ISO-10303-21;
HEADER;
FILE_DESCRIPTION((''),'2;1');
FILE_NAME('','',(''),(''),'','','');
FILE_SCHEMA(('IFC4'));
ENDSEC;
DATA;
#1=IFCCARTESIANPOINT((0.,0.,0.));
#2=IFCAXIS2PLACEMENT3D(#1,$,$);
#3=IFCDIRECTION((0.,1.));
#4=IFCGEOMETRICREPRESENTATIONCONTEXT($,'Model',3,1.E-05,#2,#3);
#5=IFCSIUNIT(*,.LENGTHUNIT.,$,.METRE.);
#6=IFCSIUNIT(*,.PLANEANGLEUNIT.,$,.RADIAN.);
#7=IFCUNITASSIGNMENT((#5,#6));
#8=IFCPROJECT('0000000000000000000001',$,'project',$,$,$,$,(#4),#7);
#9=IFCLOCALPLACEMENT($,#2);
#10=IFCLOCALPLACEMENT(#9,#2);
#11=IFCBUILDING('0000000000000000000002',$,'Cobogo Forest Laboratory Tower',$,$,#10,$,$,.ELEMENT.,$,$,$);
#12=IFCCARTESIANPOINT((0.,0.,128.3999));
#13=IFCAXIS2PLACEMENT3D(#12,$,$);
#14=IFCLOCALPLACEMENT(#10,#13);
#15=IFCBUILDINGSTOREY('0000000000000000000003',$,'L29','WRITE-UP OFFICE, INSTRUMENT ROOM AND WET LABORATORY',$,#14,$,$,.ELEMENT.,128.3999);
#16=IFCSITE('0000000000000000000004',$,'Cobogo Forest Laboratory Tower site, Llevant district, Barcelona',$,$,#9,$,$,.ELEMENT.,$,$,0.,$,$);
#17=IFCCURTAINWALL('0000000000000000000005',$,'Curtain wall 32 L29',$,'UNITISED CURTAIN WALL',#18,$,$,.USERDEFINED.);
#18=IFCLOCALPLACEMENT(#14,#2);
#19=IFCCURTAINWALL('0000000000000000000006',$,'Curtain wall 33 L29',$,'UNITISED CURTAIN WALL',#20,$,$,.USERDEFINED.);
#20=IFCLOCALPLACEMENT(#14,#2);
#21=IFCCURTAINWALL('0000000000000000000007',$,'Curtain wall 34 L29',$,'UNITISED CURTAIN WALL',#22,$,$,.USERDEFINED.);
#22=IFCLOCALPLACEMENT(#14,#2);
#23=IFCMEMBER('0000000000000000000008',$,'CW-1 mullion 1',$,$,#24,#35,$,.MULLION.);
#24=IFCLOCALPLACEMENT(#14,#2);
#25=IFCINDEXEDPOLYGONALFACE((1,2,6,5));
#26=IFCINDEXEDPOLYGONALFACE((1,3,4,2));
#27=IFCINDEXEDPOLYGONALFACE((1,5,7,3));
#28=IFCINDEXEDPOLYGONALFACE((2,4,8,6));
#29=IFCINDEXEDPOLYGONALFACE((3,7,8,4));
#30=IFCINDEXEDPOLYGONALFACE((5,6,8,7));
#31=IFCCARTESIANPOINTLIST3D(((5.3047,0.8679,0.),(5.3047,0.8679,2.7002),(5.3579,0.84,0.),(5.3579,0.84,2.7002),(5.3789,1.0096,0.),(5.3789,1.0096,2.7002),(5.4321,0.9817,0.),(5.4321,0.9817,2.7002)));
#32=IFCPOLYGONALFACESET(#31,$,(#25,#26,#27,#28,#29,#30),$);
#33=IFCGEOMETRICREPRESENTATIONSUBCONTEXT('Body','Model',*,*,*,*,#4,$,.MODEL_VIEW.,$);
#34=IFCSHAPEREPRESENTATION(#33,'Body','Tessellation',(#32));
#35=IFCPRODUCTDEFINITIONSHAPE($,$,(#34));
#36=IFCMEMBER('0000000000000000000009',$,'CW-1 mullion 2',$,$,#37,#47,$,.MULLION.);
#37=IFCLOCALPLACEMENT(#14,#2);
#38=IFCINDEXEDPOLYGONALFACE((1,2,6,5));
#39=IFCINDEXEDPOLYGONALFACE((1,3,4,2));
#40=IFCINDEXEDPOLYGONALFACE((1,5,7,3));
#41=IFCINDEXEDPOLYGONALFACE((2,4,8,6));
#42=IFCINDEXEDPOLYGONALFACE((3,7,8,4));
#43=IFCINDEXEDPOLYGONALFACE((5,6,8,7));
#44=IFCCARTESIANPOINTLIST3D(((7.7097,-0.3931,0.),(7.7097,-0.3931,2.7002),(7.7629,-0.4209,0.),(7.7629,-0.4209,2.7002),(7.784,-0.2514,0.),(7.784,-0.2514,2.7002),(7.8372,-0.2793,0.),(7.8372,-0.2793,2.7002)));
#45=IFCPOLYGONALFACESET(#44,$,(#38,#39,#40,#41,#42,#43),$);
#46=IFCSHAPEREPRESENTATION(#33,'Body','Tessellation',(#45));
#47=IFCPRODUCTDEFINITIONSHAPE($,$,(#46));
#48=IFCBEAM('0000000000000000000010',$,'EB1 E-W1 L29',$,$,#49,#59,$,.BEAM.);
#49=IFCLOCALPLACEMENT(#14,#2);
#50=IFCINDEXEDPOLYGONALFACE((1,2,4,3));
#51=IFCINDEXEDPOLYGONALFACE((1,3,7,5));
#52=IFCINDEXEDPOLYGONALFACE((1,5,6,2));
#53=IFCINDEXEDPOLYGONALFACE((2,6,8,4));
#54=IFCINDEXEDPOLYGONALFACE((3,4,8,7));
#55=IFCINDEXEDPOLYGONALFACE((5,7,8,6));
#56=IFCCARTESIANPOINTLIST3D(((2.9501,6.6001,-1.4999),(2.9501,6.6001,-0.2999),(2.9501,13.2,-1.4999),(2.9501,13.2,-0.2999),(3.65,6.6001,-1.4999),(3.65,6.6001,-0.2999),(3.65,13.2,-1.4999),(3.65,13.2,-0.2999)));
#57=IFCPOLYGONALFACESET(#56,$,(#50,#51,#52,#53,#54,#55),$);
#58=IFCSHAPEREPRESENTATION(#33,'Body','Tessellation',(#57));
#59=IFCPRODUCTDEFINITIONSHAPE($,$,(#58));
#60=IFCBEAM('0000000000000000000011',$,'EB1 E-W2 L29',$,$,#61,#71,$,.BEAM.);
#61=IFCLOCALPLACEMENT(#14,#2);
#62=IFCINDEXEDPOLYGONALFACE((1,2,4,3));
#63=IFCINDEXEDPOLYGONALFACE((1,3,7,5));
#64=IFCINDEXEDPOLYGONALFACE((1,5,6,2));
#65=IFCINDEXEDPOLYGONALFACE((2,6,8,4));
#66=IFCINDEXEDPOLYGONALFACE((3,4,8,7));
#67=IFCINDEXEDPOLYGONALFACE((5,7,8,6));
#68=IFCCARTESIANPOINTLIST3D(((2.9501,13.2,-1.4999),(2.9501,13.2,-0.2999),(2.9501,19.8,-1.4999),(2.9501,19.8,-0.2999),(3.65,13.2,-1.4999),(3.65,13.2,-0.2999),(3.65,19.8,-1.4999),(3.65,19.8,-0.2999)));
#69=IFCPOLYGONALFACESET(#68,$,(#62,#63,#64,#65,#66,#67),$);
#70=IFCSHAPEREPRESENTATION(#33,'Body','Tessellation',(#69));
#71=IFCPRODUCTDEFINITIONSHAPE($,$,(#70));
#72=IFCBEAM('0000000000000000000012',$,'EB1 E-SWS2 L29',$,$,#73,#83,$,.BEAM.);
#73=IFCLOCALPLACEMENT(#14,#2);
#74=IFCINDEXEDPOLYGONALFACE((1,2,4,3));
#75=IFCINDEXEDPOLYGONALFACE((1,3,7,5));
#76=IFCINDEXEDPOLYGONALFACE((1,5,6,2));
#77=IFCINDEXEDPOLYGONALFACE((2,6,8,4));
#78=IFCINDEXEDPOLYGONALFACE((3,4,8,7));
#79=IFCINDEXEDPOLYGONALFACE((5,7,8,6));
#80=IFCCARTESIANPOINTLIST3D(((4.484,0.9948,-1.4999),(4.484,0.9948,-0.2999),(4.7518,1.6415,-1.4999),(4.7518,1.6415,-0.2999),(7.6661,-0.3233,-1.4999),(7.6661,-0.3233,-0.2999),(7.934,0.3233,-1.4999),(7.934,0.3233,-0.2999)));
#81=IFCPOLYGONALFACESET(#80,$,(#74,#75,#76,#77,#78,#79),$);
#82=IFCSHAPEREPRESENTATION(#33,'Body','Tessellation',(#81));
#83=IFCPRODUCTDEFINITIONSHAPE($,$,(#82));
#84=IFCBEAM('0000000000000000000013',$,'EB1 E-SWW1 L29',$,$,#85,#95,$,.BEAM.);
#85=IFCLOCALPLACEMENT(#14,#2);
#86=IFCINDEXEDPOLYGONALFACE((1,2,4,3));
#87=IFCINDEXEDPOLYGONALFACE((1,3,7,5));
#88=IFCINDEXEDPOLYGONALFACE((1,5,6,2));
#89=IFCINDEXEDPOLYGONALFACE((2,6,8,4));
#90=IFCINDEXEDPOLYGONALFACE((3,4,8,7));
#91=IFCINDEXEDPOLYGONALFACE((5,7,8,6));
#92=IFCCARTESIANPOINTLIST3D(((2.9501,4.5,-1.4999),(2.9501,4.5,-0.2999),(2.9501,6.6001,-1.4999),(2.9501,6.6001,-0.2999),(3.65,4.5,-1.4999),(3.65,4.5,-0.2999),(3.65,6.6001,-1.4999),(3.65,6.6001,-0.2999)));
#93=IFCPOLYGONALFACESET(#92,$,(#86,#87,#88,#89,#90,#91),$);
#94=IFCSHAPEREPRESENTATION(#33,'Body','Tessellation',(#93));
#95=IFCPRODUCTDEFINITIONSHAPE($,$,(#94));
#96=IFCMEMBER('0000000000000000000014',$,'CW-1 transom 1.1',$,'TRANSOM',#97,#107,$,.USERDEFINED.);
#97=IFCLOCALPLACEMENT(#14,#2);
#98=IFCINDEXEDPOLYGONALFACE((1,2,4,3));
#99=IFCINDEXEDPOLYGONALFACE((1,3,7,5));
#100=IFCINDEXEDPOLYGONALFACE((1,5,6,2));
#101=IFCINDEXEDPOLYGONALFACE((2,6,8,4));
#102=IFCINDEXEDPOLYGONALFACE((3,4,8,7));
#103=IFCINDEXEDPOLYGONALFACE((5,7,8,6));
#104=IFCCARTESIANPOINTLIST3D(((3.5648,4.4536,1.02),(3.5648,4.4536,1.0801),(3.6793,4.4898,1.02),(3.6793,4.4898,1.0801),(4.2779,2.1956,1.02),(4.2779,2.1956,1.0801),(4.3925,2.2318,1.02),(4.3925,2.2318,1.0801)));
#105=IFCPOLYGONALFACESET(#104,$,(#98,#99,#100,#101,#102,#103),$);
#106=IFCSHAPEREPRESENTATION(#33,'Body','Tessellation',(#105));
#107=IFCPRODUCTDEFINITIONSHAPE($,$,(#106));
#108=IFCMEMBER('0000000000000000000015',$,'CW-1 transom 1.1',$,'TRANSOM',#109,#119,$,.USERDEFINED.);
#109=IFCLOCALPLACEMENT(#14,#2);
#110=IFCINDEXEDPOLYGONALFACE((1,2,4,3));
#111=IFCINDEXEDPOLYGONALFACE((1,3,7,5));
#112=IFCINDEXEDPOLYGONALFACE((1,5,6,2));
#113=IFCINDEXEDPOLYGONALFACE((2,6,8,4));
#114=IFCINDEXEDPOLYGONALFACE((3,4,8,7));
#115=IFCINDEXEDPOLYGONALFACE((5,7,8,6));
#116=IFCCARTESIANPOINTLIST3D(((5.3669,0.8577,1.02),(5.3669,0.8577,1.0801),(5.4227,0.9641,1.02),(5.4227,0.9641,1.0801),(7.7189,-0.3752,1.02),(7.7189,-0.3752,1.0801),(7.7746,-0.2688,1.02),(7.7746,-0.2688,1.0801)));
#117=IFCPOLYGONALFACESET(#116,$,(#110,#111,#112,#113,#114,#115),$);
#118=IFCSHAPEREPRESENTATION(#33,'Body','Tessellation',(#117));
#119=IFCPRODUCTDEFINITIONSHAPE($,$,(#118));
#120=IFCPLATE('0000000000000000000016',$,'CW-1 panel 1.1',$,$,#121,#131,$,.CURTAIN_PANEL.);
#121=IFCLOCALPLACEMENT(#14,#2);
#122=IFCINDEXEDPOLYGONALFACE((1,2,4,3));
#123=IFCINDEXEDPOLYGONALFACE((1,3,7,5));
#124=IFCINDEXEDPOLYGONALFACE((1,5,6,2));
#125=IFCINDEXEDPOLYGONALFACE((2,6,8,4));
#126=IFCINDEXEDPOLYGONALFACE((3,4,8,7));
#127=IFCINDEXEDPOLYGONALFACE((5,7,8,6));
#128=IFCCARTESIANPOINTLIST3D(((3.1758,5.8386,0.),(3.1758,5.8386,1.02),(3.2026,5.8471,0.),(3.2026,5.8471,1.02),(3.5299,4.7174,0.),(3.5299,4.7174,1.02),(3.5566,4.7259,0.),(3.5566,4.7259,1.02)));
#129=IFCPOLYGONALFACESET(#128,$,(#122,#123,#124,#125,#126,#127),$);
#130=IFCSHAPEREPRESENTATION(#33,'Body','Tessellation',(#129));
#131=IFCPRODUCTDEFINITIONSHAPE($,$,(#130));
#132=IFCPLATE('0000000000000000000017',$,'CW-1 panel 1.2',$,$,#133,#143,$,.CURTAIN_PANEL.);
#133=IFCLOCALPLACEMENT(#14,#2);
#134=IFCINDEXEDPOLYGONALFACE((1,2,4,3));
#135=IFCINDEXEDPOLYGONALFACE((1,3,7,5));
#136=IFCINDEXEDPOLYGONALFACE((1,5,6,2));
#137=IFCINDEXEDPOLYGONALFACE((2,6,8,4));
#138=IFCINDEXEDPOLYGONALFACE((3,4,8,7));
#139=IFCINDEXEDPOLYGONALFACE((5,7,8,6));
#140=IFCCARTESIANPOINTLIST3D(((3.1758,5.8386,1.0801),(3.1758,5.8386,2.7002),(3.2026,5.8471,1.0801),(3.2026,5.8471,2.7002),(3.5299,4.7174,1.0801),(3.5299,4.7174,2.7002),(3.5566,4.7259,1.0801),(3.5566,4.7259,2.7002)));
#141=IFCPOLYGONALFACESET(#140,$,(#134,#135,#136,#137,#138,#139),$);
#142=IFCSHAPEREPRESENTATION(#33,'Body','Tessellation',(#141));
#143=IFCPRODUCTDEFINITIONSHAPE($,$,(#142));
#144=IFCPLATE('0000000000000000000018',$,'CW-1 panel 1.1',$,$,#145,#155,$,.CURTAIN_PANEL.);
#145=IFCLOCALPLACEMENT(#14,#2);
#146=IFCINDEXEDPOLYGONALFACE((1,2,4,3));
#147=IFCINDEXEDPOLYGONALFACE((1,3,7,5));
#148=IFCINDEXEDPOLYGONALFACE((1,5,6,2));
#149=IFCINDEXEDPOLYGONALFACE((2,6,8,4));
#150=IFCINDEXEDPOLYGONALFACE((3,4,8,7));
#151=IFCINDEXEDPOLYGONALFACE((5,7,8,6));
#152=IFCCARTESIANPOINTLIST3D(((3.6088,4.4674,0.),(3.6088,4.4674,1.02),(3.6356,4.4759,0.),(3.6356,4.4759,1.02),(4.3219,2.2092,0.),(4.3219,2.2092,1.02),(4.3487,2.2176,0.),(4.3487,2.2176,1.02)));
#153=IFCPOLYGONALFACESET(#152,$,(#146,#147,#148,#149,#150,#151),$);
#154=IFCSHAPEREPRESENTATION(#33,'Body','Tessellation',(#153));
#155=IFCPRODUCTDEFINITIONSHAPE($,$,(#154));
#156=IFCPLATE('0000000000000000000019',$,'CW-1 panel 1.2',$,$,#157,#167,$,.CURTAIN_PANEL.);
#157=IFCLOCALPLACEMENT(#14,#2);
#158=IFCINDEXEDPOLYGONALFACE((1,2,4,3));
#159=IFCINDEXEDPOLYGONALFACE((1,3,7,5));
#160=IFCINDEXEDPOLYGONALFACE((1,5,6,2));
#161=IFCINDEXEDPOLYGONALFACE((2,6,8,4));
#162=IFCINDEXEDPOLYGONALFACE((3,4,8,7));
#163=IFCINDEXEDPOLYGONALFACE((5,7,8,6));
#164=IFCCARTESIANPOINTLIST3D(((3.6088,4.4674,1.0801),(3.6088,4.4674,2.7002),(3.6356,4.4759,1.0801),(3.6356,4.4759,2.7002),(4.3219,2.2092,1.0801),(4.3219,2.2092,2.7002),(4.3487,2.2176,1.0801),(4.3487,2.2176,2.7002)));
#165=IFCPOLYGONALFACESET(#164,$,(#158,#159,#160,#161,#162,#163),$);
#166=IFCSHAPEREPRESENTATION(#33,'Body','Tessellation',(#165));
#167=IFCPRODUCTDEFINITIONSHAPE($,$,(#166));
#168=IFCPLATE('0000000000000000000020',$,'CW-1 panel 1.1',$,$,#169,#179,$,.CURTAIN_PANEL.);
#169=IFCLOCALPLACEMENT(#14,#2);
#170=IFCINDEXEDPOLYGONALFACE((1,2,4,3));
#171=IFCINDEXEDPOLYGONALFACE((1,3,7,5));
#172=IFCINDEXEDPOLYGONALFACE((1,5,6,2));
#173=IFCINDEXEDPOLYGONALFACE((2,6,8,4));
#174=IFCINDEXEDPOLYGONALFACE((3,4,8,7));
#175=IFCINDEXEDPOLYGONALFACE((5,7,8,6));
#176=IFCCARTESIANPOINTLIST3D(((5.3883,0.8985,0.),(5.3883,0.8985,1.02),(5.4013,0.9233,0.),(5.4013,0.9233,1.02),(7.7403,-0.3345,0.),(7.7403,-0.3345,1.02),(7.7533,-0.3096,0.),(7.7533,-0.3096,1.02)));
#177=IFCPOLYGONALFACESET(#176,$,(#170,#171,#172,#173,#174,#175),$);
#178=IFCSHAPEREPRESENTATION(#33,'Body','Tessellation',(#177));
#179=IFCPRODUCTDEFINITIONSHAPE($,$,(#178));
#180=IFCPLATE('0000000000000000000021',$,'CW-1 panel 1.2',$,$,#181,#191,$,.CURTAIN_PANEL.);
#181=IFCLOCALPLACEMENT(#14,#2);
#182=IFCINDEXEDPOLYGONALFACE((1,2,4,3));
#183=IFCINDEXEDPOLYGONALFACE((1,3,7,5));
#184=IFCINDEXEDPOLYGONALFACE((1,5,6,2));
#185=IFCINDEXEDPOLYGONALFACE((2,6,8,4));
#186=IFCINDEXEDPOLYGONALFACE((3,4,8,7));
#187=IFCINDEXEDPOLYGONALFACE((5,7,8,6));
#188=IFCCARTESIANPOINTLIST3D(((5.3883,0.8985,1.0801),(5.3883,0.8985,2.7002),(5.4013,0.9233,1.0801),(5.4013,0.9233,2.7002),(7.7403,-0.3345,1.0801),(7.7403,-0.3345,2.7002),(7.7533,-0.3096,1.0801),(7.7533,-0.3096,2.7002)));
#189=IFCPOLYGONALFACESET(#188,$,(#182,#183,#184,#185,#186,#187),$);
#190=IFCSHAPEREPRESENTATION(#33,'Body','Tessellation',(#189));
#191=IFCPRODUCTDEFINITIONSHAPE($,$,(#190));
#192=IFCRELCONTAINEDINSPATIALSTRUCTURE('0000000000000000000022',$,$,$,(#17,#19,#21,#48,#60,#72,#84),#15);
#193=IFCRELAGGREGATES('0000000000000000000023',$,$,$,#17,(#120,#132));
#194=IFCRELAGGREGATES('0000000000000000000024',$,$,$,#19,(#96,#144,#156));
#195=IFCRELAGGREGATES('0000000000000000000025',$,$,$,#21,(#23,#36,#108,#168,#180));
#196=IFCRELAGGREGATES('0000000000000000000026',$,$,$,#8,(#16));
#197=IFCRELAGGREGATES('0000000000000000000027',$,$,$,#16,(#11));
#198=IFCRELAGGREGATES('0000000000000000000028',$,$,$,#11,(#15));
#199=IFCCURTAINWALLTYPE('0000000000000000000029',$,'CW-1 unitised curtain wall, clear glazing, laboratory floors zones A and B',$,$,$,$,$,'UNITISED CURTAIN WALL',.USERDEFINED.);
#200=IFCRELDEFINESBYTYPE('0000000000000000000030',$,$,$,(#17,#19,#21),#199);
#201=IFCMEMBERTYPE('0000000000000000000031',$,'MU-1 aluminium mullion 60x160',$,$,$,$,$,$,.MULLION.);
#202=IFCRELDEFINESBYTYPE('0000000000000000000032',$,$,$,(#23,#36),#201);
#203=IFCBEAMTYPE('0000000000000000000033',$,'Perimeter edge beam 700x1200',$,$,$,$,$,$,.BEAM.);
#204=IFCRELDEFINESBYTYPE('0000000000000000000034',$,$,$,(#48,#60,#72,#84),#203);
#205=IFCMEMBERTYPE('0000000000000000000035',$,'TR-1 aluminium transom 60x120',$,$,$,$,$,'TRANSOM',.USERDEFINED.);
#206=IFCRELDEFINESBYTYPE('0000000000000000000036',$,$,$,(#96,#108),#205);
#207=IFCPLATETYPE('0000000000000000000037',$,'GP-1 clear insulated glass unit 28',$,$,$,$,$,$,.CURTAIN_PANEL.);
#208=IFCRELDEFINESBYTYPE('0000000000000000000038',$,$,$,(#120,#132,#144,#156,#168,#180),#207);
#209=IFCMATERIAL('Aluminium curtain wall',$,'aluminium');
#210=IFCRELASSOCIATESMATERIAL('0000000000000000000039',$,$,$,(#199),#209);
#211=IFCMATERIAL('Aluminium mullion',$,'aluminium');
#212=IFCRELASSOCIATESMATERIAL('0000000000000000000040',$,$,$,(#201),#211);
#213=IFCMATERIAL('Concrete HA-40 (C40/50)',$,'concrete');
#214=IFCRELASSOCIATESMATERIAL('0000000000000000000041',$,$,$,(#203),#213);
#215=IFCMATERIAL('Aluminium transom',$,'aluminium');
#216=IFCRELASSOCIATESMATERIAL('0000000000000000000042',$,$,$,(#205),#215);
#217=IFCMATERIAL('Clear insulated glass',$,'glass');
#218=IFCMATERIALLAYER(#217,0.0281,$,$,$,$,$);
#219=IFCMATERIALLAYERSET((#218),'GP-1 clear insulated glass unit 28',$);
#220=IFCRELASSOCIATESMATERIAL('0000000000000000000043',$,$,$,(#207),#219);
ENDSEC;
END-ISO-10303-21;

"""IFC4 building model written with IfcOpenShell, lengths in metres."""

from ifc_helpers import new_model, si_unit, direction, frame, origin, origin_2d, place, context, subcontext, project, spatial, rectangle, extrude, material, layer, layer_set, material_profile, profile_set, type_object, element, aggregate, save


model = new_model("IFC4")

# Units and contexts
model_context = context("Model", 3, precision=1e-05, world=origin(), true_north=direction((0.0, 1.0)))
body_context = subcontext(model_context, "Body", "Model", "MODEL_VIEW")
ifc_project = project(units=[si_unit("LENGTHUNIT", "METRE"), si_unit("PLANEANGLEUNIT", "RADIAN")], contexts=[model_context])

# Site, building, storey
site_placement = place(None, origin())
site = spatial("IfcSite", under=ifc_project, at=site_placement, Name="Cobogo Forest Laboratory Tower site, Llevant district, Barcelona", CompositionType="ELEMENT", RefElevation=0.0)
building_placement = place(site_placement, origin())
building = spatial("IfcBuilding", under=site, at=building_placement, Name="Cobogo Forest Laboratory Tower", CompositionType="ELEMENT")
storey_placement = place(building_placement, frame((0.0, 0.0, 128.3999)))
storey = spatial("IfcBuildingStorey", under=building, at=storey_placement, Name="L29", Description="WRITE-UP OFFICE, INSTRUMENT ROOM AND WET LABORATORY", CompositionType="ELEMENT", Elevation=128.3999)

# Curtain wall
ifc_material_1 = material(Name="Aluminium curtain wall", Category="aluminium")
curtain_wall_type = type_object("IfcCurtainWallType", Name="CW-1 unitised curtain wall, clear glazing, laboratory floors zones A and B", ElementType="UNITISED CURTAIN WALL", PredefinedType="USERDEFINED", material=ifc_material_1)
ifc_material_2 = material(Name="Aluminium mullion", Category="aluminium")
ifc_material_profile_1 = material_profile(ifc_material_2, rectangle(XDim=0.0601, YDim=0.1599, at=origin_2d()), Name="AL 60x160")
ifc_profile_set_1 = profile_set([ifc_material_profile_1], Name="Aluminium mullion")
member_type_1 = type_object("IfcMemberType", Name="MU-1 aluminium mullion 60x160", PredefinedType="MULLION", material=ifc_profile_set_1)
curtain_wall_1_placement = place(storey_placement, origin())
curtain_wall_1 = element("IfcCurtainWall", 1, at=curtain_wall_1_placement, inside=storey, type_object=curtain_wall_type, Name="Curtain wall 32 L29", ObjectType="UNITISED CURTAIN WALL", PredefinedType="USERDEFINED")

# Curtain walls, members
curtain_wall_2_placement = place(storey_placement, origin())
curtain_wall_2 = element("IfcCurtainWall", 2, at=curtain_wall_2_placement, inside=storey, type_object=curtain_wall_type, Name="Curtain wall 33 L29", ObjectType="UNITISED CURTAIN WALL", PredefinedType="USERDEFINED")
curtain_wall_3_placement = place(storey_placement, origin())
curtain_wall_3 = element("IfcCurtainWall", 3, at=curtain_wall_3_placement, inside=storey, type_object=curtain_wall_type, Name="Curtain wall 34 L29", ObjectType="UNITISED CURTAIN WALL", PredefinedType="USERDEFINED")
member_1_placement = place(storey_placement, frame((5.3684, 0.9248, 0.0), z_axis=(0.0, 0.0, 1.0), x_axis=(0.885687, -0.464284, 0.0)))
member_1 = element("IfcMember", 4, at=member_1_placement, type_object=member_type_1, Name="CW-1 mullion 1", PredefinedType="MULLION", context=body_context, shape_type="SweptSolid", body=[
    extrude(rectangle(XDim=0.0601, YDim=0.1599, at=origin_2d()), origin(), (0.0, 0.0, 1.0), 2.7002),
])
member_2_placement = place(storey_placement, frame((7.7734, -0.3362, 0.0), z_axis=(0.0, 0.0, 1.0), x_axis=(0.885687, -0.464284, 0.0)))
member_2 = element("IfcMember", 5, at=member_2_placement, type_object=member_type_1, Name="CW-1 mullion 2", PredefinedType="MULLION", context=body_context, shape_type="SweptSolid", body=[
    extrude(rectangle(XDim=0.0601, YDim=0.1599, at=origin_2d()), origin(), (0.0, 0.0, 1.0), 2.7002),
])

# Beams
ifc_material_3 = material(Name="Concrete HA-40 (C40/50)", Category="concrete")
ifc_material_profile_2 = material_profile(ifc_material_3, rectangle(XDim=0.7, YDim=1.2, at=origin_2d()), Name="RC 700x1200")
ifc_profile_set_2 = profile_set([ifc_material_profile_2], Name="Concrete HA-40 (C40/50)")
beam_type_1 = type_object("IfcBeamType", Name="Perimeter edge beam 700x1200", PredefinedType="BEAM", material=ifc_profile_set_2)
beam_1_placement = place(storey_placement, frame((3.3, 6.6001, -0.8999), z_axis=(0.0, 1.0, 0.0), x_axis=(-1.0, 0.0, 0.0)))
element("IfcBeam", 6, at=beam_1_placement, inside=storey, type_object=beam_type_1, Name="EB1 E-W1 L29", PredefinedType="BEAM", context=body_context, shape_type="SweptSolid", body=[
    extrude(rectangle(XDim=0.7, YDim=1.2, at=origin_2d()), origin(), (0.0, 0.0, 1.0), 6.5999),
])
beam_2_placement = place(storey_placement, frame((3.3, 13.2, -0.8999), z_axis=(0.0, 1.0, 0.0), x_axis=(-1.0, 0.0, 0.0)))
element("IfcBeam", 7, at=beam_2_placement, inside=storey, type_object=beam_type_1, Name="EB1 E-W2 L29", PredefinedType="BEAM", context=body_context, shape_type="SweptSolid", body=[
    extrude(rectangle(XDim=0.7, YDim=1.2, at=origin_2d()), origin(), (0.0, 0.0, 1.0), 6.6001),
])
beam_3_placement = place(storey_placement, frame((7.8, 0.0, -0.8999), z_axis=(-0.923876, 0.382692, 0.0), x_axis=(-0.382692, -0.923876, 0.0)))
element("IfcBeam", 8, at=beam_3_placement, inside=storey, type_object=beam_type_1, Name="EB1 E-SWS2 L29", PredefinedType="BEAM", context=body_context, shape_type="SweptSolid", body=[
    extrude(rectangle(XDim=0.7, YDim=1.2, at=origin_2d()), origin(), (0.0, 0.0, 1.0), 3.4443),
])
beam_4_placement = place(storey_placement, frame((3.3, 6.6001, -0.8999), z_axis=(0.0, -1.0, 0.0), x_axis=(1.0, 0.0, 0.0)))
element("IfcBeam", 9, at=beam_4_placement, inside=storey, type_object=beam_type_1, Name="EB1 E-SWW1 L29", PredefinedType="BEAM", context=body_context, shape_type="SweptSolid", body=[
    extrude(rectangle(XDim=0.7, YDim=1.2, at=origin_2d()), origin(), (0.0, 0.0, 1.0), 2.1001),
])

# Members
ifc_material_4 = material(Name="Aluminium transom", Category="aluminium")
ifc_material_profile_3 = material_profile(ifc_material_4, rectangle(XDim=0.1201, YDim=0.0601, at=origin_2d()), Name="AL 60x120")
ifc_profile_set_3 = profile_set([ifc_material_profile_3], Name="Aluminium transom")
member_type_2 = type_object("IfcMemberType", Name="TR-1 aluminium transom 60x120", ElementType="TRANSOM", PredefinedType="USERDEFINED", material=ifc_profile_set_3)
member_3_placement = place(storey_placement, frame((3.6221, 4.4717, 1.05), z_axis=(0.301156, -0.953575, 0.0), x_axis=(0.953575, 0.301156, 0.0)))
member_3 = element("IfcMember", 10, at=member_3_placement, type_object=member_type_2, Name="CW-1 transom 1.1", ObjectType="TRANSOM", PredefinedType="USERDEFINED", context=body_context, shape_type="SweptSolid", body=[
    extrude(rectangle(XDim=0.1201, YDim=0.0601, at=origin_2d()), origin(), (0.0, 0.0, 1.0), 2.3679),
])
member_4_placement = place(storey_placement, frame((5.3948, 0.9109, 1.05), z_axis=(0.885695, -0.464268, 0.0), x_axis=(0.464268, 0.885695, 0.0)))
member_4 = element("IfcMember", 11, at=member_4_placement, type_object=member_type_2, Name="CW-1 transom 1.1", ObjectType="TRANSOM", PredefinedType="USERDEFINED", context=body_context, shape_type="SweptSolid", body=[
    extrude(rectangle(XDim=0.1201, YDim=0.0601, at=origin_2d()), origin(), (0.0, 0.0, 1.0), 2.6555),
])

# Plates
ifc_material_5 = material(Name="Clear insulated glass", Category="glass")
ifc_layer_1 = layer(ifc_material_5, 0.0281)
ifc_layer_set_1 = layer_set([ifc_layer_1], Name="GP-1 clear insulated glass unit 28")
plate_type = type_object("IfcPlateType", Name="GP-1 clear insulated glass unit 28", PredefinedType="CURTAIN_PANEL", material=ifc_layer_set_1)
plate_1_placement = place(storey_placement, frame((3.3662, 5.2822, 0.0), z_axis=(0.0, 0.0, 1.0), x_axis=(0.301135, -0.953581, 0.0)))
plate_1 = element("IfcPlate", 12, at=plate_1_placement, type_object=plate_type, Name="CW-1 panel 1.1", PredefinedType="CURTAIN_PANEL", context=body_context, shape_type="SweptSolid", body=[
    extrude(rectangle(XDim=1.1758, YDim=0.0281, at=origin_2d()), origin(), (0.0, 0.0, 1.0), 1.02),
])
plate_2_placement = place(storey_placement, frame((3.3662, 5.2822, 1.0801), z_axis=(0.0, 0.0, 1.0), x_axis=(0.301135, -0.953581, 0.0)))
plate_2 = element("IfcPlate", 13, at=plate_2_placement, type_object=plate_type, Name="CW-1 panel 1.2", PredefinedType="CURTAIN_PANEL", context=body_context, shape_type="SweptSolid", body=[
    extrude(rectangle(XDim=1.1758, YDim=0.0281, at=origin_2d()), origin(), (0.0, 0.0, 1.0), 1.6201),
])
aggregate(curtain_wall_1, [plate_1, plate_2])
plate_3_placement = place(storey_placement, frame((3.9788, 3.3425, 0.0), z_axis=(0.0, 0.0, 1.0), x_axis=(0.301135, -0.953581, 0.0)))
plate_3 = element("IfcPlate", 14, at=plate_3_placement, type_object=plate_type, Name="CW-1 panel 1.1", PredefinedType="CURTAIN_PANEL", context=body_context, shape_type="SweptSolid", body=[
    extrude(rectangle(XDim=2.3682, YDim=0.0281, at=origin_2d()), origin(), (0.0, 0.0, 1.0), 1.02),
])
plate_4_placement = place(storey_placement, frame((3.9788, 3.3425, 1.0801), z_axis=(0.0, 0.0, 1.0), x_axis=(0.301135, -0.953581, 0.0)))
plate_4 = element("IfcPlate", 15, at=plate_4_placement, type_object=plate_type, Name="CW-1 panel 1.2", PredefinedType="CURTAIN_PANEL", context=body_context, shape_type="SweptSolid", body=[
    extrude(rectangle(XDim=2.3682, YDim=0.0281, at=origin_2d()), origin(), (0.0, 0.0, 1.0), 1.6201),
])
aggregate(curtain_wall_2, [member_3, plate_3, plate_4])
plate_5_placement = place(storey_placement, frame((6.5708, 0.2944, 0.0), z_axis=(0.0, 0.0, 1.0), x_axis=(0.885687, -0.464284, 0.0)))
plate_5 = element("IfcPlate", 16, at=plate_5_placement, type_object=plate_type, Name="CW-1 panel 1.1", PredefinedType="CURTAIN_PANEL", context=body_context, shape_type="SweptSolid", body=[
    extrude(rectangle(XDim=2.6555, YDim=0.0281, at=origin_2d()), origin(), (0.0, 0.0, 1.0), 1.02),
])
plate_6_placement = place(storey_placement, frame((6.5708, 0.2944, 1.0801), z_axis=(0.0, 0.0, 1.0), x_axis=(0.885687, -0.464284, 0.0)))
plate_6 = element("IfcPlate", 17, at=plate_6_placement, type_object=plate_type, Name="CW-1 panel 1.2", PredefinedType="CURTAIN_PANEL", context=body_context, shape_type="SweptSolid", body=[
    extrude(rectangle(XDim=2.6555, YDim=0.0281, at=origin_2d()), origin(), (0.0, 0.0, 1.0), 1.6201),
])
aggregate(curtain_wall_3, [member_1, member_2, member_4, plate_5, plate_6])

save(model, "model.ifc")
